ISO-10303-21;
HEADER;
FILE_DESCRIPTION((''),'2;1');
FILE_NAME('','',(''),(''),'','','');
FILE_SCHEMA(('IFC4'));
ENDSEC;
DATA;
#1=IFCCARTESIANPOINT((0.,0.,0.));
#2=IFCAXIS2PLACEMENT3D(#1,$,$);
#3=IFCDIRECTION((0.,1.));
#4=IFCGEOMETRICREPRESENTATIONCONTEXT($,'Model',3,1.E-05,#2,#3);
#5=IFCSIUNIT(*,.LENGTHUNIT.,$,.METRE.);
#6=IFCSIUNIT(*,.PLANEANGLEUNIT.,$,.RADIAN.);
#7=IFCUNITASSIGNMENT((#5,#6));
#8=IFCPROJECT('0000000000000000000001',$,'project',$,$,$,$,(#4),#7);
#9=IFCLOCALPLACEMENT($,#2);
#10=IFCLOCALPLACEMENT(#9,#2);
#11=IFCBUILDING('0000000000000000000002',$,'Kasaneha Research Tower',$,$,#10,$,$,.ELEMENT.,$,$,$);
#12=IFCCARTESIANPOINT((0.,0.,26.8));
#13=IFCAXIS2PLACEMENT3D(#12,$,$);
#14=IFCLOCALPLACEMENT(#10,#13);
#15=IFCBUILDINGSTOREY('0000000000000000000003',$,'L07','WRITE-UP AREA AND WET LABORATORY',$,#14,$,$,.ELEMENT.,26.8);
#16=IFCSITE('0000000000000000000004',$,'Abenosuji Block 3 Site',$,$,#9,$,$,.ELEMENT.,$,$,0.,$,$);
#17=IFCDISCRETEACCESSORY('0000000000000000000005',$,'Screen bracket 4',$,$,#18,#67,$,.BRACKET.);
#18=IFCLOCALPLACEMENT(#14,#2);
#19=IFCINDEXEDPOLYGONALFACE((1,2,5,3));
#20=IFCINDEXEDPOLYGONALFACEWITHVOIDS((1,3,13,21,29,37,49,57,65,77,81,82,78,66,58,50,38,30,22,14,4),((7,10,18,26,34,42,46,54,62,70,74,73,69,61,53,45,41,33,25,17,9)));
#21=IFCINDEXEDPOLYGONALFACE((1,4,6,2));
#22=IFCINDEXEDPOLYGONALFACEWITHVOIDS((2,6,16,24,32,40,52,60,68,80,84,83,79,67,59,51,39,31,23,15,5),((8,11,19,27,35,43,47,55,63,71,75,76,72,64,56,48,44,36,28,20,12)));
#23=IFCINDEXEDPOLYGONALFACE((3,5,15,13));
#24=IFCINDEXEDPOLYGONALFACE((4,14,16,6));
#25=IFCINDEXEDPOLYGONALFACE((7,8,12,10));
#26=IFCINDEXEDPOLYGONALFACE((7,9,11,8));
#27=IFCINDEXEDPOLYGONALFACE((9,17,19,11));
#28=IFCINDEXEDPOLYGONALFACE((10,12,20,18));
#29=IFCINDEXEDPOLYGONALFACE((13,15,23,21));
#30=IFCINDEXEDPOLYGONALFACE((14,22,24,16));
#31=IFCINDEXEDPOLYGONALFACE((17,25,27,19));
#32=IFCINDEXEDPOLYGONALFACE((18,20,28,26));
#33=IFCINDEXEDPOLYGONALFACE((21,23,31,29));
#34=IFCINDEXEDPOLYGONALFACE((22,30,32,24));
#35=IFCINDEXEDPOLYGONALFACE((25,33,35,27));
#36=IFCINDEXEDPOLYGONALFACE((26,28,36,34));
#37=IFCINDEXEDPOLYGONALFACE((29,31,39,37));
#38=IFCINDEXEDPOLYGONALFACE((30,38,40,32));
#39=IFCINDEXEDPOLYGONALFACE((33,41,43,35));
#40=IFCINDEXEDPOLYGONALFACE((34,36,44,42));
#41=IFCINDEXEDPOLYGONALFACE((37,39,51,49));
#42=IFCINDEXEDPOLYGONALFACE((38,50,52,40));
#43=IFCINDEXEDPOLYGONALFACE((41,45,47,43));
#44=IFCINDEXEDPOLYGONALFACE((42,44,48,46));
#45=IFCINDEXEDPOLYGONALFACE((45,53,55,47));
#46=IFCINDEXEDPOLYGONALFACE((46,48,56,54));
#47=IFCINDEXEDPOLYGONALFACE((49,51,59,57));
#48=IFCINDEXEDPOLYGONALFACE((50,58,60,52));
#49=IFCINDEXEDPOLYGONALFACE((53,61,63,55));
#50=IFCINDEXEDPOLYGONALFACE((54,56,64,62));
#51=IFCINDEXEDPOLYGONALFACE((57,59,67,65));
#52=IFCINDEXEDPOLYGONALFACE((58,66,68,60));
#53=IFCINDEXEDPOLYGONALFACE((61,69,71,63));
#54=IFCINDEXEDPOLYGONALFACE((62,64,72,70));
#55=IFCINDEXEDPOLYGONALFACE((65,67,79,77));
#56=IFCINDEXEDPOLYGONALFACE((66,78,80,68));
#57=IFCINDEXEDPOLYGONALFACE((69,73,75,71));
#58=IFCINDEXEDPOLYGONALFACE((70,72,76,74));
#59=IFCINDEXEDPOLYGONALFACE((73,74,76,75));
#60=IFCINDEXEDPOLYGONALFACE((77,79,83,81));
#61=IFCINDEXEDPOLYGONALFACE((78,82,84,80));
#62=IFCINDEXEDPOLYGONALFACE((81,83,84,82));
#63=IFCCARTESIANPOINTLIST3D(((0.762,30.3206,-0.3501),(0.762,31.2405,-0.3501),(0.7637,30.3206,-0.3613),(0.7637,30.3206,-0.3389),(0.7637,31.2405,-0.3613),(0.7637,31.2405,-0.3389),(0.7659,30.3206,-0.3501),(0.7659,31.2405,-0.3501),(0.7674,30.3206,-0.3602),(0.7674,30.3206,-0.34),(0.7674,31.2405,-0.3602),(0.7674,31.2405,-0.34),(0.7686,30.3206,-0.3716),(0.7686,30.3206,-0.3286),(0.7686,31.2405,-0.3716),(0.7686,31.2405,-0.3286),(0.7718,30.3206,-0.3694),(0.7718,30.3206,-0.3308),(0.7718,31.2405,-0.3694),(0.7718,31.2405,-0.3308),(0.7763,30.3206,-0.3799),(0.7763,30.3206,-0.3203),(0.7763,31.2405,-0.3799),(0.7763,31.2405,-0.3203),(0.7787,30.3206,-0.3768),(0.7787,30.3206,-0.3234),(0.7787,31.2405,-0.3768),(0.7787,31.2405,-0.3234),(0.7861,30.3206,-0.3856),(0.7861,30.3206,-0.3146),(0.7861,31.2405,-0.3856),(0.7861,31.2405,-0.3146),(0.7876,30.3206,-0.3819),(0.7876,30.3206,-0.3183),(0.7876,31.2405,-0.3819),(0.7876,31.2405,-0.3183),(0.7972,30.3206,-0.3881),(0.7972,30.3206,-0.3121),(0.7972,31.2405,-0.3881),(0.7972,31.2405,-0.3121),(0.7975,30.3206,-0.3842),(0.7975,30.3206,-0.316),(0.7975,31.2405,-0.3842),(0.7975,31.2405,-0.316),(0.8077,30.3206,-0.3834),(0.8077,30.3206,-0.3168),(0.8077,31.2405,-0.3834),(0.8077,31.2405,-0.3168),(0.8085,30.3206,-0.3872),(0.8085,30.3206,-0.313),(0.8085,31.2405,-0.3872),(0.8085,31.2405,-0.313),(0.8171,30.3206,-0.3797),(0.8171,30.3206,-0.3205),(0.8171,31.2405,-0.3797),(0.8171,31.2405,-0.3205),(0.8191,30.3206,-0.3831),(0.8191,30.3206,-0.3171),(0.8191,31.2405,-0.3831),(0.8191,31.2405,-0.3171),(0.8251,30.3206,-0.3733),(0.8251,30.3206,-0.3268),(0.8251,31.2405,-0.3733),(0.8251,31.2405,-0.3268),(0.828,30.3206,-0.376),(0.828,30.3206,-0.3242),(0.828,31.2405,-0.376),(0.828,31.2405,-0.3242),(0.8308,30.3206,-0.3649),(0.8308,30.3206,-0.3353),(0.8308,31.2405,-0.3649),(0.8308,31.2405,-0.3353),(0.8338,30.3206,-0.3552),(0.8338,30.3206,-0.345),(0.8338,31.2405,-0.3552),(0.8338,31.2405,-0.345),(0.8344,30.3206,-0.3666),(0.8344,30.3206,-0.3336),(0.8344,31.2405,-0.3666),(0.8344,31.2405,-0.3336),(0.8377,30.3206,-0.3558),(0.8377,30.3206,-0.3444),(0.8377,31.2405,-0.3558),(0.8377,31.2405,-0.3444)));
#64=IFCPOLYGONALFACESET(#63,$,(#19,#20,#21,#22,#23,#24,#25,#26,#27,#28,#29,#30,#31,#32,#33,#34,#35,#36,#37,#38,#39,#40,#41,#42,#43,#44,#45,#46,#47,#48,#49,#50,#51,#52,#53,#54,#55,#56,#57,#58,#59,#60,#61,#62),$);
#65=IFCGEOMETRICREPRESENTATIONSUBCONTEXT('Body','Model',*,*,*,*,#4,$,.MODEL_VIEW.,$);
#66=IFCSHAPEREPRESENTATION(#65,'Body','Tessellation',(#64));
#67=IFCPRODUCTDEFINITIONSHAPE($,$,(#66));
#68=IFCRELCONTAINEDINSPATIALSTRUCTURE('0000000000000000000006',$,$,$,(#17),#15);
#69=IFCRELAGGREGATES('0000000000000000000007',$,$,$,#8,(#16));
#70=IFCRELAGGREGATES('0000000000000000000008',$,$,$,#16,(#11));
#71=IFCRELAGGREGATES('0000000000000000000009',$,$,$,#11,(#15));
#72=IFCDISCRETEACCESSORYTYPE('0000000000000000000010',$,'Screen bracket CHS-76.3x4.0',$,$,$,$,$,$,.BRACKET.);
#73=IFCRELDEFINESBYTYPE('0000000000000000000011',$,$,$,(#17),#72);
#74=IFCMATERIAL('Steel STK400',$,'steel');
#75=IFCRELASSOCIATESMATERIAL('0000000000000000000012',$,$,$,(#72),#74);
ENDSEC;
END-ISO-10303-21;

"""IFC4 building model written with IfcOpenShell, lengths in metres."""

from ifc_helpers import new_model, si_unit, direction, frame, origin, origin_2d, place, context, subcontext, project, spatial, hollow_circle, extrude, material, material_profile, profile_set, type_object, element, save


model = new_model("IFC4")

# Units and contexts
model_context = context("Model", 3, precision=1e-05, world=origin(), true_north=direction((0.0, 1.0)))
body_context = subcontext(model_context, "Body", "Model", "MODEL_VIEW")
ifc_project = project(units=[si_unit("LENGTHUNIT", "METRE"), si_unit("PLANEANGLEUNIT", "RADIAN")], contexts=[model_context])

# Site, building, storey
site_placement = place(None, origin())
site = spatial("IfcSite", under=ifc_project, at=site_placement, Name="Abenosuji Block 3 Site", CompositionType="ELEMENT", RefElevation=0.0)
building_placement = place(site_placement, origin())
building = spatial("IfcBuilding", under=site, at=building_placement, Name="Kasaneha Research Tower", CompositionType="ELEMENT")
storey_placement = place(building_placement, frame((0.0, 0.0, 26.8)))
storey = spatial("IfcBuildingStorey", under=building, at=storey_placement, Name="L07", Description="WRITE-UP AREA AND WET LABORATORY", CompositionType="ELEMENT", Elevation=26.8)

# Discrete accessory
ifc_material_1 = material(Name="Steel STK400", Category="steel")
ifc_material_profile_1 = material_profile(ifc_material_1, hollow_circle(Radius=0.0381, WallThickness=0.0039, at=origin_2d()), Name="CHS-76.3x4.0")
ifc_profile_set_1 = profile_set([ifc_material_profile_1], Name="Steel STK400")
discrete_accessory_type = type_object("IfcDiscreteAccessoryType", Name="Screen bracket CHS-76.3x4.0", PredefinedType="BRACKET", material=ifc_profile_set_1)
for number, where, z_axis, x_axis, name in (
    (1, (0.8, 30.3206, -0.3501), (0.0, 1.0, 0.0), (-1.0, 0.0, 0.0), "Screen bracket 4"),
):
    element("IfcDiscreteAccessory", number, at=place(storey_placement, frame(where, z_axis=z_axis, x_axis=x_axis)), inside=storey, type_object=discrete_accessory_type, Name=name, PredefinedType="BRACKET", context=body_context, shape_type="SweptSolid", body=[
        extrude(hollow_circle(Radius=0.0381, WallThickness=0.0039, at=origin_2d()), origin(), (0.0, 0.0, 1.0), 0.9199),
    ])

save(model, "model.ifc")
